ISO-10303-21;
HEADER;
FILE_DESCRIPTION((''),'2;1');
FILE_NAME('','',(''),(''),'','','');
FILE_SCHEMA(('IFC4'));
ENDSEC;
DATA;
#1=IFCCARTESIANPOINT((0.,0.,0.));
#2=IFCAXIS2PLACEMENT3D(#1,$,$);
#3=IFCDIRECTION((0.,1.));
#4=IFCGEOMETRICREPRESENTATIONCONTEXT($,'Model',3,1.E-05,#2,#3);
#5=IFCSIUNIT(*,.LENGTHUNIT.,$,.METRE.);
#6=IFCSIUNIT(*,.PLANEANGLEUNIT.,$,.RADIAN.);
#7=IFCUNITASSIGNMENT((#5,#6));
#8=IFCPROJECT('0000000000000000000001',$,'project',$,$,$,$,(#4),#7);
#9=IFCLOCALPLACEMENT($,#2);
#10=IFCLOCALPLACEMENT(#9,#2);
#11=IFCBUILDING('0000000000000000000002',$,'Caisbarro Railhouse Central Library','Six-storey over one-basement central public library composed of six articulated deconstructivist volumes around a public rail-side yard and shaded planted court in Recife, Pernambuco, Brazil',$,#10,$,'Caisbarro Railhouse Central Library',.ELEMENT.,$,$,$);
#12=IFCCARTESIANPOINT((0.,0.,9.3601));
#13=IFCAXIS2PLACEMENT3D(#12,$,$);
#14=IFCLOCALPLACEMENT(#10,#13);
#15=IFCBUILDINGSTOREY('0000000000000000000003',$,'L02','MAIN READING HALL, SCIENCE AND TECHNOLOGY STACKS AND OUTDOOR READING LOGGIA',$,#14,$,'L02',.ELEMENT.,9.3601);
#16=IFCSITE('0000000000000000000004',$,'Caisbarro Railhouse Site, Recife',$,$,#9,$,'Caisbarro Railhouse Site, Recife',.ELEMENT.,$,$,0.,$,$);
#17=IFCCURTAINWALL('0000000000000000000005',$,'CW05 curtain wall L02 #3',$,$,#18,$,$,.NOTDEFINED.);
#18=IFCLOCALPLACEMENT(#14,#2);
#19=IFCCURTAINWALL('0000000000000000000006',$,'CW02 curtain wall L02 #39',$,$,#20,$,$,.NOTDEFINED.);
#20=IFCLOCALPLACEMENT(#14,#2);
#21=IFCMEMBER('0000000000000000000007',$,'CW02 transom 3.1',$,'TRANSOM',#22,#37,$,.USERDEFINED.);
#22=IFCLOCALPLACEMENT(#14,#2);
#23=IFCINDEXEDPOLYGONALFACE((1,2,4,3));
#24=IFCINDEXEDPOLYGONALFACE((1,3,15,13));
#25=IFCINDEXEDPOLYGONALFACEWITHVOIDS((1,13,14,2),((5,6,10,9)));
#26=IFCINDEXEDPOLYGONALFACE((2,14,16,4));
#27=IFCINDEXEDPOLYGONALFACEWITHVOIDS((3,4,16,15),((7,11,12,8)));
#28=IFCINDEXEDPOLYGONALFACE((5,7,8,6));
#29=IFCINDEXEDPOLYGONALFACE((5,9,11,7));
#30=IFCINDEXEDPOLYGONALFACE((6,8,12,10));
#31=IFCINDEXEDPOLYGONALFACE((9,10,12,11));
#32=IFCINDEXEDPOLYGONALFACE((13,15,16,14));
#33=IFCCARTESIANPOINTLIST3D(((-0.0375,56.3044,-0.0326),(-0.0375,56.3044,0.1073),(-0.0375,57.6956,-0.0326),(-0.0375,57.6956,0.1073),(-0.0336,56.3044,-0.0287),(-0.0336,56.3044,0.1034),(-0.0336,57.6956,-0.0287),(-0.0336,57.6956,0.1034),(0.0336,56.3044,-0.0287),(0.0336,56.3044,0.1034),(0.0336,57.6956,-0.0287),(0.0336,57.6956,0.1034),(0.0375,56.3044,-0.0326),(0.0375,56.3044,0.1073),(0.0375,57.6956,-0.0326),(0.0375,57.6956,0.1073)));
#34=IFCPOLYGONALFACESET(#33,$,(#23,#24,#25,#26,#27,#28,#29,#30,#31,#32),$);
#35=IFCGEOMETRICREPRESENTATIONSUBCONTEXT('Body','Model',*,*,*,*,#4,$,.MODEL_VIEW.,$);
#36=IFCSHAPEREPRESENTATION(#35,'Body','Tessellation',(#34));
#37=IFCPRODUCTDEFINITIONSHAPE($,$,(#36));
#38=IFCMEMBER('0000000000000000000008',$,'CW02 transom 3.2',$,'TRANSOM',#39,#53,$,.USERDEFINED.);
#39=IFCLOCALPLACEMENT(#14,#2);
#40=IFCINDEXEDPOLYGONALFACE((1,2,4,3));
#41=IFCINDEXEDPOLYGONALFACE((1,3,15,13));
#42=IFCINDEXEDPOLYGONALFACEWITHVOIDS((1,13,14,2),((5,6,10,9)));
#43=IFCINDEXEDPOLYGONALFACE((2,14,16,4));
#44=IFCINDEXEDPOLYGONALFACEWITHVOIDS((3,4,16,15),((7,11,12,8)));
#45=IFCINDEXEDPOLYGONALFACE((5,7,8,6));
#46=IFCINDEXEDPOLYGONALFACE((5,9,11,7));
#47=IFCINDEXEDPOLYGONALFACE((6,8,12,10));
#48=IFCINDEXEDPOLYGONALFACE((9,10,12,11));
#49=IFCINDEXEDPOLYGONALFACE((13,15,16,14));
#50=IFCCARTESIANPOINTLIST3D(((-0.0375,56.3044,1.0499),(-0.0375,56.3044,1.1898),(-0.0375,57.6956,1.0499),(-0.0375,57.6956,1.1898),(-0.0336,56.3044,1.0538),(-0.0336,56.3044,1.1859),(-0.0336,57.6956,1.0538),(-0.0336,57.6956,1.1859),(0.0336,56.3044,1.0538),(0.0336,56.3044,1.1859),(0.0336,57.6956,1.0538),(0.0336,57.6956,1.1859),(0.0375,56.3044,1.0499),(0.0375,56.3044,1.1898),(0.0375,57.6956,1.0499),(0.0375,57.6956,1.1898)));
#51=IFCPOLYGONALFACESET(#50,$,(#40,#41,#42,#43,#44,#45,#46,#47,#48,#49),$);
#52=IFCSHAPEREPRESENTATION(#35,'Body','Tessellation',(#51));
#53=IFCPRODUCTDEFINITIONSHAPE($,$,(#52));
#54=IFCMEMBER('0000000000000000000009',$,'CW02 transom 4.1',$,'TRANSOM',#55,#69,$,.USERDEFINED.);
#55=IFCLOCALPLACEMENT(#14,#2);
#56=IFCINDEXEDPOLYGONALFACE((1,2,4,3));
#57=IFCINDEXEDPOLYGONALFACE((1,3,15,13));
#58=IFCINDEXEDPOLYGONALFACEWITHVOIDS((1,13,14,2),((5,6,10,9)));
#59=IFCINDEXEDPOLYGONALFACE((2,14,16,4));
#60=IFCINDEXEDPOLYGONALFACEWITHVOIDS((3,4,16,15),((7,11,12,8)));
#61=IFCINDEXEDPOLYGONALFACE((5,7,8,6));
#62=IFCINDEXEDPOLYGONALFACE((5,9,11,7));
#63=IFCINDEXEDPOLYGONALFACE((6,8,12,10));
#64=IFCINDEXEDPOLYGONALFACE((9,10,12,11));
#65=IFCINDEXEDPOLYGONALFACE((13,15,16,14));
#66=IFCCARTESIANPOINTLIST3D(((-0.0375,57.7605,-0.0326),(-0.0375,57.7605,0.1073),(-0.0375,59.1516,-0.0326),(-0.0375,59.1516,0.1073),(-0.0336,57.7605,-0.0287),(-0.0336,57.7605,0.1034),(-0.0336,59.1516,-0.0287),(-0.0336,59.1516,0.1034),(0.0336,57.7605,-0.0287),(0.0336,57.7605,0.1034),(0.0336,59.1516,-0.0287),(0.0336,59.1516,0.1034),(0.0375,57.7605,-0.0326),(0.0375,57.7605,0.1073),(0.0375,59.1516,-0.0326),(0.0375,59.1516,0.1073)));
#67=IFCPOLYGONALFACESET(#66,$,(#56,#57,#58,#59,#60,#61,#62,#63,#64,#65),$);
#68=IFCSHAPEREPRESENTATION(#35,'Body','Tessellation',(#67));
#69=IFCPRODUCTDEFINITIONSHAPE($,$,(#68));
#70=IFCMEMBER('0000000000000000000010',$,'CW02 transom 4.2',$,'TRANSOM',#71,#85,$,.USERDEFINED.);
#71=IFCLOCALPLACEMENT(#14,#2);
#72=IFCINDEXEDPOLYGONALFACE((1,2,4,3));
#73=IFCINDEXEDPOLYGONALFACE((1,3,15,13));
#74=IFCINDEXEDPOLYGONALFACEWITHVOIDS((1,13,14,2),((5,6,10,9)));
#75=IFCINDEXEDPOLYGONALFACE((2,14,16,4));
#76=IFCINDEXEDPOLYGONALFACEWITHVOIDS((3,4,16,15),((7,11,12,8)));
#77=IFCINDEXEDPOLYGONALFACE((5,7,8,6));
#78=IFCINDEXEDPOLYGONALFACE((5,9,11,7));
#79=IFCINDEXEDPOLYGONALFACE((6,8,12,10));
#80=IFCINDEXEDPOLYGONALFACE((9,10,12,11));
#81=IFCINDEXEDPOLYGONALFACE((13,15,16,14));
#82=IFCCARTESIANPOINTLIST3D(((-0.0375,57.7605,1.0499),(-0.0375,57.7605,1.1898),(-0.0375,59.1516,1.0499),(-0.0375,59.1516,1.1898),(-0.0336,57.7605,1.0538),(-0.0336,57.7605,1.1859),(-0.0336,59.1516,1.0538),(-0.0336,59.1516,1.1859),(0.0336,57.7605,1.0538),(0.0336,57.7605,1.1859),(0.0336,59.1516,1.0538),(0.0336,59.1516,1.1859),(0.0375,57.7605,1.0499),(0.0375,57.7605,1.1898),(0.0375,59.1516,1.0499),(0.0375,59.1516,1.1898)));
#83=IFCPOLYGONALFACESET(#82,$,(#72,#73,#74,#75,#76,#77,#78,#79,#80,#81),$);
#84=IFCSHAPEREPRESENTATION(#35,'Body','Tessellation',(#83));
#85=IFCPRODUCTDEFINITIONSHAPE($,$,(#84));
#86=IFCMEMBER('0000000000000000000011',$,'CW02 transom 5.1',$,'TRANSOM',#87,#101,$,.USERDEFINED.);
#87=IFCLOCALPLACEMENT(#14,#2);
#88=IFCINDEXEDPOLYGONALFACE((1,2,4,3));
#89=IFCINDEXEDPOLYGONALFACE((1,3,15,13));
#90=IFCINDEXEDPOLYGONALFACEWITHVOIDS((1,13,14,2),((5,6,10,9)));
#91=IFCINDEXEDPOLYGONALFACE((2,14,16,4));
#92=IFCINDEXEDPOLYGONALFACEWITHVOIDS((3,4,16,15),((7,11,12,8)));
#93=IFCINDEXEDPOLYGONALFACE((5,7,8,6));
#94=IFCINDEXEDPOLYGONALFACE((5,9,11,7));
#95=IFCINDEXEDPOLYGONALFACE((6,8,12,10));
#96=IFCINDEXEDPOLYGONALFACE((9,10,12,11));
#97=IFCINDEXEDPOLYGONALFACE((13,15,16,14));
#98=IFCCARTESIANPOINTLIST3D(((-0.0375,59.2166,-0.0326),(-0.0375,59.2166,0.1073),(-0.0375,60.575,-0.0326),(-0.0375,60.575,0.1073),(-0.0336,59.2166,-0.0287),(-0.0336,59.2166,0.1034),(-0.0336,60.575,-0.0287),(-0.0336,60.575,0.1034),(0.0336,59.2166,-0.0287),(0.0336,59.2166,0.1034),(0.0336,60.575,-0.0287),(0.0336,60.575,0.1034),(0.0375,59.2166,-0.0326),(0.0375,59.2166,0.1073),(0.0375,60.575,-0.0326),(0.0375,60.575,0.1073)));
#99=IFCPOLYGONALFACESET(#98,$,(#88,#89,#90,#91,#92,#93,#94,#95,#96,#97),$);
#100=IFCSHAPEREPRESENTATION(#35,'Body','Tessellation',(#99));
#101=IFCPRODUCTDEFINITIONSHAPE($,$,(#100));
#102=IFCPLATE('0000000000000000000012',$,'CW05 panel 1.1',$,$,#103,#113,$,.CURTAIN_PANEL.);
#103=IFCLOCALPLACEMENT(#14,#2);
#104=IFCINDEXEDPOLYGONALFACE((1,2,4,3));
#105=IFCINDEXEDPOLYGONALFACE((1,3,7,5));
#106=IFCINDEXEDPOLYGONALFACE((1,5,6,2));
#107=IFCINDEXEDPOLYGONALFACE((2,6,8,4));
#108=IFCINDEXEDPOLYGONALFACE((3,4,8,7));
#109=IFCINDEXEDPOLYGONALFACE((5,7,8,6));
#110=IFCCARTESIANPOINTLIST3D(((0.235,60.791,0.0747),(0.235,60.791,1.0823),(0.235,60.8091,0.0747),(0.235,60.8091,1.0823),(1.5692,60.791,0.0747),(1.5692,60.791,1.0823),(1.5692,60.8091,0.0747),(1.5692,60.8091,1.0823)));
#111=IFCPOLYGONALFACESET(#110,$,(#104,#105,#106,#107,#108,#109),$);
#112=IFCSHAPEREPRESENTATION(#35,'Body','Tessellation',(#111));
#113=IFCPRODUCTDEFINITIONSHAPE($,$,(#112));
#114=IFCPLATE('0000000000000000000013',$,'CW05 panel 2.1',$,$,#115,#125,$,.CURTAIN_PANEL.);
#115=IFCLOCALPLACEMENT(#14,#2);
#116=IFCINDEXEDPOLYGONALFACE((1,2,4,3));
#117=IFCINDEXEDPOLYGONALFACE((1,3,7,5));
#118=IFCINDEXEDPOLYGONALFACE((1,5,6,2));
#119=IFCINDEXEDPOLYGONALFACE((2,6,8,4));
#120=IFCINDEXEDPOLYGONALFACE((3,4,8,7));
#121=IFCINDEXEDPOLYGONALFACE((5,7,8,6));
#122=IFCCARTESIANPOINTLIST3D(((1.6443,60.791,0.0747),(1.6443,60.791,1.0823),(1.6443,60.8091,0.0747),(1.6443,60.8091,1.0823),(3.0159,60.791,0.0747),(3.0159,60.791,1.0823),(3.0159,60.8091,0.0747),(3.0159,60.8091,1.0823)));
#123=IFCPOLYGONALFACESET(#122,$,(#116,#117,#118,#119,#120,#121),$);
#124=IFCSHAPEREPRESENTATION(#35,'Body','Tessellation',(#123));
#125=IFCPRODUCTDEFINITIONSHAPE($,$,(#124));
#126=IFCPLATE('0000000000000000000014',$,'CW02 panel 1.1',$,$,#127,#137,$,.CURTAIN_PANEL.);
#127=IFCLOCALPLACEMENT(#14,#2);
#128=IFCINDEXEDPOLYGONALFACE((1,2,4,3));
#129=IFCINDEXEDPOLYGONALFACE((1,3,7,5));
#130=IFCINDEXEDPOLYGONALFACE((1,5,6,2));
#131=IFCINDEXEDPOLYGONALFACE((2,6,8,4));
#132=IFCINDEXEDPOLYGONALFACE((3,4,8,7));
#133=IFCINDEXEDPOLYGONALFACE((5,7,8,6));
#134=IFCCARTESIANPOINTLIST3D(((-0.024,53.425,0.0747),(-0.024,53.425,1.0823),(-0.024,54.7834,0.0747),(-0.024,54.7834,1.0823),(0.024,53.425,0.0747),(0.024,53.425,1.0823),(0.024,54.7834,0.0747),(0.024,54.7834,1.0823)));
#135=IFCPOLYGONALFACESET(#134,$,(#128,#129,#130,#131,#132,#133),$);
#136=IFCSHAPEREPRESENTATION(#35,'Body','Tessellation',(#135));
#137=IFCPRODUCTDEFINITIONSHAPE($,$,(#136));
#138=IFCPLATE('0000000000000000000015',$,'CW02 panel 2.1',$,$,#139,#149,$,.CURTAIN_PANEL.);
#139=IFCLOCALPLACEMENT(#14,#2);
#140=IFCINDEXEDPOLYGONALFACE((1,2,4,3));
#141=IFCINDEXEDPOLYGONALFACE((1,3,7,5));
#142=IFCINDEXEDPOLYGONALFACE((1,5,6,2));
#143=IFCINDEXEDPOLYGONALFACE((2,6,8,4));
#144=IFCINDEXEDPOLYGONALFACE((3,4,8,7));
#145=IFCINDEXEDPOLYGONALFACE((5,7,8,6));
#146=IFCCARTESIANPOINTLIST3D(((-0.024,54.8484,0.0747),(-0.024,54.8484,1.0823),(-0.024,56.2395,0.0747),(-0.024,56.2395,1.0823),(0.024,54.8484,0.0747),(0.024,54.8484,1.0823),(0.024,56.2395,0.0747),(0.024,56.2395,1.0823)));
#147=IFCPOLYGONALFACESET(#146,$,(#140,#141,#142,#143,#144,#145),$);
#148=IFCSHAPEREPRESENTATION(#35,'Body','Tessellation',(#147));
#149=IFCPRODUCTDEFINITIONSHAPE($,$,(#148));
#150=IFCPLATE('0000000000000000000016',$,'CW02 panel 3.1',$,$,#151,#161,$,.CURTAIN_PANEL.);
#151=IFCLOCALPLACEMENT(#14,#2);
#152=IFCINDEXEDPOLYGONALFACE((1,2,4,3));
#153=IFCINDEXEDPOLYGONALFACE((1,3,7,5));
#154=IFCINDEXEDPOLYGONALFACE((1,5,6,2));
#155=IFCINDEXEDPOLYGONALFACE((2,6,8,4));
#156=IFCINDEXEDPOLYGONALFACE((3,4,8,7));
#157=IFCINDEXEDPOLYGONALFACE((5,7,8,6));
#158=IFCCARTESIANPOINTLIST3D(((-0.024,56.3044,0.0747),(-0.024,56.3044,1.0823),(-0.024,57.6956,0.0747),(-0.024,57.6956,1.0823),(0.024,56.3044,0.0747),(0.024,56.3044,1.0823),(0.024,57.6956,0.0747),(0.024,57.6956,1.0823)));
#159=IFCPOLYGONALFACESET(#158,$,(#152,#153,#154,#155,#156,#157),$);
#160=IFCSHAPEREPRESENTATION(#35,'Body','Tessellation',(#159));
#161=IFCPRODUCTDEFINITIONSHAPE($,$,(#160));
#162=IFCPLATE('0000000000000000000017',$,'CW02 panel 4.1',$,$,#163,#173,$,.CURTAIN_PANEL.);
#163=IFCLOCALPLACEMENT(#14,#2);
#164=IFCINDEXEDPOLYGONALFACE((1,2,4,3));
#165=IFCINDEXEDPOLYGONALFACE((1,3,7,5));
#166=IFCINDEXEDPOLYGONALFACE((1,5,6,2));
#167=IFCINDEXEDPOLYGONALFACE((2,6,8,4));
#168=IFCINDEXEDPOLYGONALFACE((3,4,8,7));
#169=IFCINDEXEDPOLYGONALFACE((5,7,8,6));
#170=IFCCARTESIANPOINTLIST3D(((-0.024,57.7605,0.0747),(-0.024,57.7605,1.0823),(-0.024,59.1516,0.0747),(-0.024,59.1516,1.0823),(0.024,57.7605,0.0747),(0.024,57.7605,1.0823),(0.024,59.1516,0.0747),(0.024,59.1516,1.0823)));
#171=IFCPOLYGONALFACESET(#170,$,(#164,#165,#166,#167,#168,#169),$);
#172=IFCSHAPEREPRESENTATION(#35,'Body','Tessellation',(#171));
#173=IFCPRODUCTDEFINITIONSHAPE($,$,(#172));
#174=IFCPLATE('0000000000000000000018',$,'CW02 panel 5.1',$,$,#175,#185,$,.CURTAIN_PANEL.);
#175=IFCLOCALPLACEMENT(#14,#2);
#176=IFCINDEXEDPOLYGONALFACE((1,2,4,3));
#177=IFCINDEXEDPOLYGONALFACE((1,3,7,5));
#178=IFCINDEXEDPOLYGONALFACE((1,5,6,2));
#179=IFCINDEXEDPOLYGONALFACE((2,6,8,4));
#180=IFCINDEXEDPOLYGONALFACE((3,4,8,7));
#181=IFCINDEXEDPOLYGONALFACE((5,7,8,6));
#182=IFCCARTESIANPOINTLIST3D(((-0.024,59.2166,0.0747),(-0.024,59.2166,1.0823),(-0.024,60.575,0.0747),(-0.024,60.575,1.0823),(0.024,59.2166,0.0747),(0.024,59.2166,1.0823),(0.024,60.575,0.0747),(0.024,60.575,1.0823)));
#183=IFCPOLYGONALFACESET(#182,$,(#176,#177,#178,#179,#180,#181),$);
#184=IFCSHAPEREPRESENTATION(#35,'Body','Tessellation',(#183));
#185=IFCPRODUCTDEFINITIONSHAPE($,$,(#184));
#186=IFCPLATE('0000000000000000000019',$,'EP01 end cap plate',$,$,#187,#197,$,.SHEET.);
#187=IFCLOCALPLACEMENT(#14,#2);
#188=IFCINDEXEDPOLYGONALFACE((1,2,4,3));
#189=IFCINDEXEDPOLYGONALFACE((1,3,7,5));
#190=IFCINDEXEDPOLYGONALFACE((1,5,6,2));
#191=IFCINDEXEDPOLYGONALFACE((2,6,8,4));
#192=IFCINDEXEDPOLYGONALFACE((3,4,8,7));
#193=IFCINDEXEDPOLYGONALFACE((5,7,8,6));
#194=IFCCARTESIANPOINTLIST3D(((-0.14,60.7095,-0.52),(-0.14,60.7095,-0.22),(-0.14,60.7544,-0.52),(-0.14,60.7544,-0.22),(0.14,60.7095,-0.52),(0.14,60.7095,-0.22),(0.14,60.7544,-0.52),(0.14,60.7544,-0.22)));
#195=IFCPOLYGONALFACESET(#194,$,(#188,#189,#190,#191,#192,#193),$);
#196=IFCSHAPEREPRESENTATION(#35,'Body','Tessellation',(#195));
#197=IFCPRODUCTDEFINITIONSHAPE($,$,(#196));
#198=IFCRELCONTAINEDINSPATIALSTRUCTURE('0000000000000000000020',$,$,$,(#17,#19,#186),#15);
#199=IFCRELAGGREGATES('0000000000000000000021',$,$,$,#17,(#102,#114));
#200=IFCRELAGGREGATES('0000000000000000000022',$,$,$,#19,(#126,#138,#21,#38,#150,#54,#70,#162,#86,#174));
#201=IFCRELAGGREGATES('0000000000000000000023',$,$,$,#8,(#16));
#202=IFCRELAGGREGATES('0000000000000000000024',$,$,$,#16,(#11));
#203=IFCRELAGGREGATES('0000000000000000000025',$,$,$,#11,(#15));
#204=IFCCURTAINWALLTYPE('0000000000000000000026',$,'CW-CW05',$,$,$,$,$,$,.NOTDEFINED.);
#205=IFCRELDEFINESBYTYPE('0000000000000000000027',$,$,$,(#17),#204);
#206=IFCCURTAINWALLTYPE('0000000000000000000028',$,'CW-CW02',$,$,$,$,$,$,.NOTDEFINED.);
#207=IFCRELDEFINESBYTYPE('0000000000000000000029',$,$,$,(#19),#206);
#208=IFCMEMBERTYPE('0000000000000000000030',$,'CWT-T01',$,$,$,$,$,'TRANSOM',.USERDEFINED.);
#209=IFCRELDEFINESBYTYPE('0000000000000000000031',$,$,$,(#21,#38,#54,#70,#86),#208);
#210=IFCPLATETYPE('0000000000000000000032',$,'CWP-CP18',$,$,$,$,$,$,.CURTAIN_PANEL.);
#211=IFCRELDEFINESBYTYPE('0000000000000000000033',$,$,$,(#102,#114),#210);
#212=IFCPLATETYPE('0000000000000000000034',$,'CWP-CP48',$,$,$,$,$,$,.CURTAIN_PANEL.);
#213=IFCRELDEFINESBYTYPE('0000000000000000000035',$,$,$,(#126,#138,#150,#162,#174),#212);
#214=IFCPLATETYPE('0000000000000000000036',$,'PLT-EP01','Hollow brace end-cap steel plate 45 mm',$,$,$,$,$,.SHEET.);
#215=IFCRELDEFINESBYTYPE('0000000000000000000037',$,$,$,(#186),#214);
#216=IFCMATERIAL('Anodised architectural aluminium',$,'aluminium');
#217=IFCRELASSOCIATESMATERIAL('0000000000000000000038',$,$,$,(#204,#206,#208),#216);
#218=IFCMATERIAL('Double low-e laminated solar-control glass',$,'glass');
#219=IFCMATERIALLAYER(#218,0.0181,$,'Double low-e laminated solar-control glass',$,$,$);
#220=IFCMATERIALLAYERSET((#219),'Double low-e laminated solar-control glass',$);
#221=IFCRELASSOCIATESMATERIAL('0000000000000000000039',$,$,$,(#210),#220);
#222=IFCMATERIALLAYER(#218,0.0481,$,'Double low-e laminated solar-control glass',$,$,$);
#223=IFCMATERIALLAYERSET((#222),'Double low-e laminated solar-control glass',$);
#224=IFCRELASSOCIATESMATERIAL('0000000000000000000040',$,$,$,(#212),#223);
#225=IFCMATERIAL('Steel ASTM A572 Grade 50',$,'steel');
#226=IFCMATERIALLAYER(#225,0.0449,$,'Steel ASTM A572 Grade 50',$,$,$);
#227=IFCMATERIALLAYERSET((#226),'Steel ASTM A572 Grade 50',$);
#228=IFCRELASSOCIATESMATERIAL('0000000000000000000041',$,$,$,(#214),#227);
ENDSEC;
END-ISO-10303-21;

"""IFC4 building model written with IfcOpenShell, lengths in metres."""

from ifc_helpers import new_model, si_unit, direction, frame, origin, origin_2d, place, context, subcontext, project, spatial, rectangle, hollow_rectangle, extrude, material, layer, layer_set, material_profile, profile_set, type_object, element, aggregate, save


model = new_model("IFC4")

# Units and contexts
model_context = context("Model", 3, precision=1e-05, world=origin(), true_north=direction((0.0, 1.0)))
body_context = subcontext(model_context, "Body", "Model", "MODEL_VIEW")
ifc_project = project(units=[si_unit("LENGTHUNIT", "METRE"), si_unit("PLANEANGLEUNIT", "RADIAN")], contexts=[model_context])

# Site, building, storey
site_placement = place(None, origin())
site = spatial("IfcSite", under=ifc_project, at=site_placement, Name="Caisbarro Railhouse Site, Recife", LongName="Caisbarro Railhouse Site, Recife", CompositionType="ELEMENT", RefElevation=0.0)
building_placement = place(site_placement, origin())
building = spatial("IfcBuilding", under=site, at=building_placement, Name="Caisbarro Railhouse Central Library", Description="Six-storey over one-basement central public library composed of six articulated deconstructivist volumes around a public rail-side yard and shaded planted court in Recife, Pernambuco, Brazil", LongName="Caisbarro Railhouse Central Library", CompositionType="ELEMENT")
storey_placement = place(building_placement, frame((0.0, 0.0, 9.3601)))
storey = spatial("IfcBuildingStorey", under=building, at=storey_placement, Name="L02", Description="MAIN READING HALL, SCIENCE AND TECHNOLOGY STACKS AND OUTDOOR READING LOGGIA", LongName="L02", CompositionType="ELEMENT", Elevation=9.3601)

# Shared definitions
ifc_material_1 = material(Name="Steel ASTM A572 Grade 50", Category="steel")

# Curtain walls
ifc_material_2 = material(Name="Anodised architectural aluminium", Category="aluminium")
curtain_wall_type_1 = type_object("IfcCurtainWallType", Name="CW-CW05", PredefinedType="NOTDEFINED", material=ifc_material_2)
curtain_wall_1_placement = place(storey_placement, origin())
curtain_wall_1 = element("IfcCurtainWall", 1, at=curtain_wall_1_placement, inside=storey, type_object=curtain_wall_type_1, Name="CW05 curtain wall L02 #3", PredefinedType="NOTDEFINED")
curtain_wall_type_2 = type_object("IfcCurtainWallType", Name="CW-CW02", PredefinedType="NOTDEFINED", material=ifc_material_2)
curtain_wall_2_placement = place(storey_placement, origin())
curtain_wall_2 = element("IfcCurtainWall", 2, at=curtain_wall_2_placement, inside=storey, type_object=curtain_wall_type_2, Name="CW02 curtain wall L02 #39", PredefinedType="NOTDEFINED")

# Members
ifc_material_profile_1 = material_profile(ifc_material_2, hollow_rectangle(XDim=0.075, YDim=0.1399, WallThickness=0.0039, at=origin_2d()), Name="ALU-TRN-75X140")
ifc_profile_set_1 = profile_set([ifc_material_profile_1], Name="Anodised architectural aluminium")
member_type_1 = type_object("IfcMemberType", Name="CWT-T01", ElementType="TRANSOM", PredefinedType="USERDEFINED", material=ifc_profile_set_1)
member_1_placement = place(storey_placement, frame((0.0, 56.3044, 0.0374), z_axis=(0.0, 1.0, 0.0), x_axis=(-1.0, 0.0, 0.0)))
member_1 = element("IfcMember", 3, at=member_1_placement, type_object=member_type_1, Name="CW02 transom 3.1", ObjectType="TRANSOM", PredefinedType="USERDEFINED", context=body_context, shape_type="SweptSolid", body=[
    extrude(hollow_rectangle(XDim=0.075, YDim=0.1399, WallThickness=0.0039, at=origin_2d()), origin(), (0.0, 0.0, 1.0), 1.3911),
])
member_2_placement = place(storey_placement, frame((0.0, 56.3044, 1.1199), z_axis=(0.0, 1.0, 0.0), x_axis=(-1.0, 0.0, 0.0)))
member_2 = element("IfcMember", 4, at=member_2_placement, type_object=member_type_1, Name="CW02 transom 3.2", ObjectType="TRANSOM", PredefinedType="USERDEFINED", context=body_context, shape_type="SweptSolid", body=[
    extrude(hollow_rectangle(XDim=0.075, YDim=0.1399, WallThickness=0.0039, at=origin_2d()), origin(), (0.0, 0.0, 1.0), 1.3911),
])
member_3_placement = place(storey_placement, frame((0.0, 57.7605, 0.0374), z_axis=(0.0, 1.0, 0.0), x_axis=(-1.0, 0.0, 0.0)))
member_3 = element("IfcMember", 5, at=member_3_placement, type_object=member_type_1, Name="CW02 transom 4.1", ObjectType="TRANSOM", PredefinedType="USERDEFINED", context=body_context, shape_type="SweptSolid", body=[
    extrude(hollow_rectangle(XDim=0.075, YDim=0.1399, WallThickness=0.0039, at=origin_2d()), origin(), (0.0, 0.0, 1.0), 1.3911),
])
member_4_placement = place(storey_placement, frame((0.0, 57.7605, 1.1199), z_axis=(0.0, 1.0, 0.0), x_axis=(-1.0, 0.0, 0.0)))
member_4 = element("IfcMember", 6, at=member_4_placement, type_object=member_type_1, Name="CW02 transom 4.2", ObjectType="TRANSOM", PredefinedType="USERDEFINED", context=body_context, shape_type="SweptSolid", body=[
    extrude(hollow_rectangle(XDim=0.075, YDim=0.1399, WallThickness=0.0039, at=origin_2d()), origin(), (0.0, 0.0, 1.0), 1.3911),
])
member_5_placement = place(storey_placement, frame((0.0, 59.2166, 0.0374), z_axis=(0.0, 1.0, 0.0), x_axis=(-1.0, 0.0, 0.0)))
member_5 = element("IfcMember", 7, at=member_5_placement, type_object=member_type_1, Name="CW02 transom 5.1", ObjectType="TRANSOM", PredefinedType="USERDEFINED", context=body_context, shape_type="SweptSolid", body=[
    extrude(hollow_rectangle(XDim=0.075, YDim=0.1399, WallThickness=0.0039, at=origin_2d()), origin(), (0.0, 0.0, 1.0), 1.3584),
])

# Plates
ifc_material_3 = material(Name="Double low-e laminated solar-control glass", Category="glass")
ifc_layer_1 = layer(ifc_material_3, 0.0181, Name="Double low-e laminated solar-control glass")
ifc_layer_set_1 = layer_set([ifc_layer_1], Name="Double low-e laminated solar-control glass")
plate_type_1 = type_object("IfcPlateType", Name="CWP-CP18", PredefinedType="CURTAIN_PANEL", material=ifc_layer_set_1)
plate_1_placement = place(storey_placement, frame((0.9021, 60.8, 0.0747), z_axis=(0.0, 0.0, 1.0), x_axis=(1.0, 0.0, 0.0)))
plate_1 = element("IfcPlate", 8, at=plate_1_placement, type_object=plate_type_1, Name="CW05 panel 1.1", PredefinedType="CURTAIN_PANEL", context=body_context, shape_type="SweptSolid", body=[
    extrude(rectangle(XDim=1.3342, YDim=0.0181, at=origin_2d()), origin(), (0.0, 0.0, 1.0), 1.0076),
])
plate_2_placement = place(storey_placement, frame((2.3301, 60.8, 0.0747), z_axis=(0.0, 0.0, 1.0), x_axis=(1.0, 0.0, 0.0)))
plate_2 = element("IfcPlate", 9, at=plate_2_placement, type_object=plate_type_1, Name="CW05 panel 2.1", PredefinedType="CURTAIN_PANEL", context=body_context, shape_type="SweptSolid", body=[
    extrude(rectangle(XDim=1.3716, YDim=0.0181, at=origin_2d()), origin(), (0.0, 0.0, 1.0), 1.0076),
])
aggregate(curtain_wall_1, [plate_1, plate_2])
ifc_layer_2 = layer(ifc_material_3, 0.0481, Name="Double low-e laminated solar-control glass")
ifc_layer_set_2 = layer_set([ifc_layer_2], Name="Double low-e laminated solar-control glass")
plate_type_2 = type_object("IfcPlateType", Name="CWP-CP48", PredefinedType="CURTAIN_PANEL", material=ifc_layer_set_2)
plate_3_placement = place(storey_placement, frame((0.0, 54.1042, 0.0747), z_axis=(0.0, 0.0, 1.0), x_axis=(0.0, 1.0, 0.0)))
plate_3 = element("IfcPlate", 10, at=plate_3_placement, type_object=plate_type_2, Name="CW02 panel 1.1", PredefinedType="CURTAIN_PANEL", context=body_context, shape_type="SweptSolid", body=[
    extrude(rectangle(XDim=1.3584, YDim=0.0481, at=origin_2d()), origin(), (0.0, 0.0, 1.0), 1.0076),
])
plate_4_placement = place(storey_placement, frame((0.0, 55.5439, 0.0747), z_axis=(0.0, 0.0, 1.0), x_axis=(0.0, 1.0, 0.0)))
plate_4 = element("IfcPlate", 11, at=plate_4_placement, type_object=plate_type_2, Name="CW02 panel 2.1", PredefinedType="CURTAIN_PANEL", context=body_context, shape_type="SweptSolid", body=[
    extrude(rectangle(XDim=1.3911, YDim=0.0481, at=origin_2d()), origin(), (0.0, 0.0, 1.0), 1.0076),
])
plate_5_placement = place(storey_placement, frame((0.0, 57.0, 0.0747), z_axis=(0.0, 0.0, 1.0), x_axis=(0.0, 1.0, 0.0)))
plate_5 = element("IfcPlate", 12, at=plate_5_placement, type_object=plate_type_2, Name="CW02 panel 3.1", PredefinedType="CURTAIN_PANEL", context=body_context, shape_type="SweptSolid", body=[
    extrude(rectangle(XDim=1.3911, YDim=0.0481, at=origin_2d()), origin(), (0.0, 0.0, 1.0), 1.0076),
])
plate_6_placement = place(storey_placement, frame((0.0, 58.4561, 0.0747), z_axis=(0.0, 0.0, 1.0), x_axis=(0.0, 1.0, 0.0)))
plate_6 = element("IfcPlate", 13, at=plate_6_placement, type_object=plate_type_2, Name="CW02 panel 4.1", PredefinedType="CURTAIN_PANEL", context=body_context, shape_type="SweptSolid", body=[
    extrude(rectangle(XDim=1.3911, YDim=0.0481, at=origin_2d()), origin(), (0.0, 0.0, 1.0), 1.0076),
])
plate_7_placement = place(storey_placement, frame((0.0, 59.8958, 0.0747), z_axis=(0.0, 0.0, 1.0), x_axis=(0.0, 1.0, 0.0)))
plate_7 = element("IfcPlate", 14, at=plate_7_placement, type_object=plate_type_2, Name="CW02 panel 5.1", PredefinedType="CURTAIN_PANEL", context=body_context, shape_type="SweptSolid", body=[
    extrude(rectangle(XDim=1.3584, YDim=0.0481, at=origin_2d()), origin(), (0.0, 0.0, 1.0), 1.0076),
])
aggregate(curtain_wall_2, [plate_3, plate_4, member_1, member_2, plate_5, member_3, member_4, plate_6, member_5, plate_7])
ifc_layer_3 = layer(ifc_material_1, 0.0449, Name="Steel ASTM A572 Grade 50")
ifc_layer_set_3 = layer_set([ifc_layer_3], Name="Steel ASTM A572 Grade 50")
plate_type_3 = type_object("IfcPlateType", Name="PLT-EP01", Description="Hollow brace end-cap steel plate 45 mm", PredefinedType="SHEET", material=ifc_layer_set_3)
plate_8_placement = place(storey_placement, frame((0.0, 60.7319, -0.52), z_axis=(0.0, 0.0, 1.0), x_axis=(0.0, 1.0, 0.0)))
element("IfcPlate", 15, at=plate_8_placement, inside=storey, type_object=plate_type_3, Name="EP01 end cap plate", PredefinedType="SHEET", context=body_context, shape_type="SweptSolid", body=[
    extrude(rectangle(XDim=0.0449, YDim=0.28, at=origin_2d()), origin(), (0.0, 0.0, 1.0), 0.3),
])

save(model, "model.ifc")
